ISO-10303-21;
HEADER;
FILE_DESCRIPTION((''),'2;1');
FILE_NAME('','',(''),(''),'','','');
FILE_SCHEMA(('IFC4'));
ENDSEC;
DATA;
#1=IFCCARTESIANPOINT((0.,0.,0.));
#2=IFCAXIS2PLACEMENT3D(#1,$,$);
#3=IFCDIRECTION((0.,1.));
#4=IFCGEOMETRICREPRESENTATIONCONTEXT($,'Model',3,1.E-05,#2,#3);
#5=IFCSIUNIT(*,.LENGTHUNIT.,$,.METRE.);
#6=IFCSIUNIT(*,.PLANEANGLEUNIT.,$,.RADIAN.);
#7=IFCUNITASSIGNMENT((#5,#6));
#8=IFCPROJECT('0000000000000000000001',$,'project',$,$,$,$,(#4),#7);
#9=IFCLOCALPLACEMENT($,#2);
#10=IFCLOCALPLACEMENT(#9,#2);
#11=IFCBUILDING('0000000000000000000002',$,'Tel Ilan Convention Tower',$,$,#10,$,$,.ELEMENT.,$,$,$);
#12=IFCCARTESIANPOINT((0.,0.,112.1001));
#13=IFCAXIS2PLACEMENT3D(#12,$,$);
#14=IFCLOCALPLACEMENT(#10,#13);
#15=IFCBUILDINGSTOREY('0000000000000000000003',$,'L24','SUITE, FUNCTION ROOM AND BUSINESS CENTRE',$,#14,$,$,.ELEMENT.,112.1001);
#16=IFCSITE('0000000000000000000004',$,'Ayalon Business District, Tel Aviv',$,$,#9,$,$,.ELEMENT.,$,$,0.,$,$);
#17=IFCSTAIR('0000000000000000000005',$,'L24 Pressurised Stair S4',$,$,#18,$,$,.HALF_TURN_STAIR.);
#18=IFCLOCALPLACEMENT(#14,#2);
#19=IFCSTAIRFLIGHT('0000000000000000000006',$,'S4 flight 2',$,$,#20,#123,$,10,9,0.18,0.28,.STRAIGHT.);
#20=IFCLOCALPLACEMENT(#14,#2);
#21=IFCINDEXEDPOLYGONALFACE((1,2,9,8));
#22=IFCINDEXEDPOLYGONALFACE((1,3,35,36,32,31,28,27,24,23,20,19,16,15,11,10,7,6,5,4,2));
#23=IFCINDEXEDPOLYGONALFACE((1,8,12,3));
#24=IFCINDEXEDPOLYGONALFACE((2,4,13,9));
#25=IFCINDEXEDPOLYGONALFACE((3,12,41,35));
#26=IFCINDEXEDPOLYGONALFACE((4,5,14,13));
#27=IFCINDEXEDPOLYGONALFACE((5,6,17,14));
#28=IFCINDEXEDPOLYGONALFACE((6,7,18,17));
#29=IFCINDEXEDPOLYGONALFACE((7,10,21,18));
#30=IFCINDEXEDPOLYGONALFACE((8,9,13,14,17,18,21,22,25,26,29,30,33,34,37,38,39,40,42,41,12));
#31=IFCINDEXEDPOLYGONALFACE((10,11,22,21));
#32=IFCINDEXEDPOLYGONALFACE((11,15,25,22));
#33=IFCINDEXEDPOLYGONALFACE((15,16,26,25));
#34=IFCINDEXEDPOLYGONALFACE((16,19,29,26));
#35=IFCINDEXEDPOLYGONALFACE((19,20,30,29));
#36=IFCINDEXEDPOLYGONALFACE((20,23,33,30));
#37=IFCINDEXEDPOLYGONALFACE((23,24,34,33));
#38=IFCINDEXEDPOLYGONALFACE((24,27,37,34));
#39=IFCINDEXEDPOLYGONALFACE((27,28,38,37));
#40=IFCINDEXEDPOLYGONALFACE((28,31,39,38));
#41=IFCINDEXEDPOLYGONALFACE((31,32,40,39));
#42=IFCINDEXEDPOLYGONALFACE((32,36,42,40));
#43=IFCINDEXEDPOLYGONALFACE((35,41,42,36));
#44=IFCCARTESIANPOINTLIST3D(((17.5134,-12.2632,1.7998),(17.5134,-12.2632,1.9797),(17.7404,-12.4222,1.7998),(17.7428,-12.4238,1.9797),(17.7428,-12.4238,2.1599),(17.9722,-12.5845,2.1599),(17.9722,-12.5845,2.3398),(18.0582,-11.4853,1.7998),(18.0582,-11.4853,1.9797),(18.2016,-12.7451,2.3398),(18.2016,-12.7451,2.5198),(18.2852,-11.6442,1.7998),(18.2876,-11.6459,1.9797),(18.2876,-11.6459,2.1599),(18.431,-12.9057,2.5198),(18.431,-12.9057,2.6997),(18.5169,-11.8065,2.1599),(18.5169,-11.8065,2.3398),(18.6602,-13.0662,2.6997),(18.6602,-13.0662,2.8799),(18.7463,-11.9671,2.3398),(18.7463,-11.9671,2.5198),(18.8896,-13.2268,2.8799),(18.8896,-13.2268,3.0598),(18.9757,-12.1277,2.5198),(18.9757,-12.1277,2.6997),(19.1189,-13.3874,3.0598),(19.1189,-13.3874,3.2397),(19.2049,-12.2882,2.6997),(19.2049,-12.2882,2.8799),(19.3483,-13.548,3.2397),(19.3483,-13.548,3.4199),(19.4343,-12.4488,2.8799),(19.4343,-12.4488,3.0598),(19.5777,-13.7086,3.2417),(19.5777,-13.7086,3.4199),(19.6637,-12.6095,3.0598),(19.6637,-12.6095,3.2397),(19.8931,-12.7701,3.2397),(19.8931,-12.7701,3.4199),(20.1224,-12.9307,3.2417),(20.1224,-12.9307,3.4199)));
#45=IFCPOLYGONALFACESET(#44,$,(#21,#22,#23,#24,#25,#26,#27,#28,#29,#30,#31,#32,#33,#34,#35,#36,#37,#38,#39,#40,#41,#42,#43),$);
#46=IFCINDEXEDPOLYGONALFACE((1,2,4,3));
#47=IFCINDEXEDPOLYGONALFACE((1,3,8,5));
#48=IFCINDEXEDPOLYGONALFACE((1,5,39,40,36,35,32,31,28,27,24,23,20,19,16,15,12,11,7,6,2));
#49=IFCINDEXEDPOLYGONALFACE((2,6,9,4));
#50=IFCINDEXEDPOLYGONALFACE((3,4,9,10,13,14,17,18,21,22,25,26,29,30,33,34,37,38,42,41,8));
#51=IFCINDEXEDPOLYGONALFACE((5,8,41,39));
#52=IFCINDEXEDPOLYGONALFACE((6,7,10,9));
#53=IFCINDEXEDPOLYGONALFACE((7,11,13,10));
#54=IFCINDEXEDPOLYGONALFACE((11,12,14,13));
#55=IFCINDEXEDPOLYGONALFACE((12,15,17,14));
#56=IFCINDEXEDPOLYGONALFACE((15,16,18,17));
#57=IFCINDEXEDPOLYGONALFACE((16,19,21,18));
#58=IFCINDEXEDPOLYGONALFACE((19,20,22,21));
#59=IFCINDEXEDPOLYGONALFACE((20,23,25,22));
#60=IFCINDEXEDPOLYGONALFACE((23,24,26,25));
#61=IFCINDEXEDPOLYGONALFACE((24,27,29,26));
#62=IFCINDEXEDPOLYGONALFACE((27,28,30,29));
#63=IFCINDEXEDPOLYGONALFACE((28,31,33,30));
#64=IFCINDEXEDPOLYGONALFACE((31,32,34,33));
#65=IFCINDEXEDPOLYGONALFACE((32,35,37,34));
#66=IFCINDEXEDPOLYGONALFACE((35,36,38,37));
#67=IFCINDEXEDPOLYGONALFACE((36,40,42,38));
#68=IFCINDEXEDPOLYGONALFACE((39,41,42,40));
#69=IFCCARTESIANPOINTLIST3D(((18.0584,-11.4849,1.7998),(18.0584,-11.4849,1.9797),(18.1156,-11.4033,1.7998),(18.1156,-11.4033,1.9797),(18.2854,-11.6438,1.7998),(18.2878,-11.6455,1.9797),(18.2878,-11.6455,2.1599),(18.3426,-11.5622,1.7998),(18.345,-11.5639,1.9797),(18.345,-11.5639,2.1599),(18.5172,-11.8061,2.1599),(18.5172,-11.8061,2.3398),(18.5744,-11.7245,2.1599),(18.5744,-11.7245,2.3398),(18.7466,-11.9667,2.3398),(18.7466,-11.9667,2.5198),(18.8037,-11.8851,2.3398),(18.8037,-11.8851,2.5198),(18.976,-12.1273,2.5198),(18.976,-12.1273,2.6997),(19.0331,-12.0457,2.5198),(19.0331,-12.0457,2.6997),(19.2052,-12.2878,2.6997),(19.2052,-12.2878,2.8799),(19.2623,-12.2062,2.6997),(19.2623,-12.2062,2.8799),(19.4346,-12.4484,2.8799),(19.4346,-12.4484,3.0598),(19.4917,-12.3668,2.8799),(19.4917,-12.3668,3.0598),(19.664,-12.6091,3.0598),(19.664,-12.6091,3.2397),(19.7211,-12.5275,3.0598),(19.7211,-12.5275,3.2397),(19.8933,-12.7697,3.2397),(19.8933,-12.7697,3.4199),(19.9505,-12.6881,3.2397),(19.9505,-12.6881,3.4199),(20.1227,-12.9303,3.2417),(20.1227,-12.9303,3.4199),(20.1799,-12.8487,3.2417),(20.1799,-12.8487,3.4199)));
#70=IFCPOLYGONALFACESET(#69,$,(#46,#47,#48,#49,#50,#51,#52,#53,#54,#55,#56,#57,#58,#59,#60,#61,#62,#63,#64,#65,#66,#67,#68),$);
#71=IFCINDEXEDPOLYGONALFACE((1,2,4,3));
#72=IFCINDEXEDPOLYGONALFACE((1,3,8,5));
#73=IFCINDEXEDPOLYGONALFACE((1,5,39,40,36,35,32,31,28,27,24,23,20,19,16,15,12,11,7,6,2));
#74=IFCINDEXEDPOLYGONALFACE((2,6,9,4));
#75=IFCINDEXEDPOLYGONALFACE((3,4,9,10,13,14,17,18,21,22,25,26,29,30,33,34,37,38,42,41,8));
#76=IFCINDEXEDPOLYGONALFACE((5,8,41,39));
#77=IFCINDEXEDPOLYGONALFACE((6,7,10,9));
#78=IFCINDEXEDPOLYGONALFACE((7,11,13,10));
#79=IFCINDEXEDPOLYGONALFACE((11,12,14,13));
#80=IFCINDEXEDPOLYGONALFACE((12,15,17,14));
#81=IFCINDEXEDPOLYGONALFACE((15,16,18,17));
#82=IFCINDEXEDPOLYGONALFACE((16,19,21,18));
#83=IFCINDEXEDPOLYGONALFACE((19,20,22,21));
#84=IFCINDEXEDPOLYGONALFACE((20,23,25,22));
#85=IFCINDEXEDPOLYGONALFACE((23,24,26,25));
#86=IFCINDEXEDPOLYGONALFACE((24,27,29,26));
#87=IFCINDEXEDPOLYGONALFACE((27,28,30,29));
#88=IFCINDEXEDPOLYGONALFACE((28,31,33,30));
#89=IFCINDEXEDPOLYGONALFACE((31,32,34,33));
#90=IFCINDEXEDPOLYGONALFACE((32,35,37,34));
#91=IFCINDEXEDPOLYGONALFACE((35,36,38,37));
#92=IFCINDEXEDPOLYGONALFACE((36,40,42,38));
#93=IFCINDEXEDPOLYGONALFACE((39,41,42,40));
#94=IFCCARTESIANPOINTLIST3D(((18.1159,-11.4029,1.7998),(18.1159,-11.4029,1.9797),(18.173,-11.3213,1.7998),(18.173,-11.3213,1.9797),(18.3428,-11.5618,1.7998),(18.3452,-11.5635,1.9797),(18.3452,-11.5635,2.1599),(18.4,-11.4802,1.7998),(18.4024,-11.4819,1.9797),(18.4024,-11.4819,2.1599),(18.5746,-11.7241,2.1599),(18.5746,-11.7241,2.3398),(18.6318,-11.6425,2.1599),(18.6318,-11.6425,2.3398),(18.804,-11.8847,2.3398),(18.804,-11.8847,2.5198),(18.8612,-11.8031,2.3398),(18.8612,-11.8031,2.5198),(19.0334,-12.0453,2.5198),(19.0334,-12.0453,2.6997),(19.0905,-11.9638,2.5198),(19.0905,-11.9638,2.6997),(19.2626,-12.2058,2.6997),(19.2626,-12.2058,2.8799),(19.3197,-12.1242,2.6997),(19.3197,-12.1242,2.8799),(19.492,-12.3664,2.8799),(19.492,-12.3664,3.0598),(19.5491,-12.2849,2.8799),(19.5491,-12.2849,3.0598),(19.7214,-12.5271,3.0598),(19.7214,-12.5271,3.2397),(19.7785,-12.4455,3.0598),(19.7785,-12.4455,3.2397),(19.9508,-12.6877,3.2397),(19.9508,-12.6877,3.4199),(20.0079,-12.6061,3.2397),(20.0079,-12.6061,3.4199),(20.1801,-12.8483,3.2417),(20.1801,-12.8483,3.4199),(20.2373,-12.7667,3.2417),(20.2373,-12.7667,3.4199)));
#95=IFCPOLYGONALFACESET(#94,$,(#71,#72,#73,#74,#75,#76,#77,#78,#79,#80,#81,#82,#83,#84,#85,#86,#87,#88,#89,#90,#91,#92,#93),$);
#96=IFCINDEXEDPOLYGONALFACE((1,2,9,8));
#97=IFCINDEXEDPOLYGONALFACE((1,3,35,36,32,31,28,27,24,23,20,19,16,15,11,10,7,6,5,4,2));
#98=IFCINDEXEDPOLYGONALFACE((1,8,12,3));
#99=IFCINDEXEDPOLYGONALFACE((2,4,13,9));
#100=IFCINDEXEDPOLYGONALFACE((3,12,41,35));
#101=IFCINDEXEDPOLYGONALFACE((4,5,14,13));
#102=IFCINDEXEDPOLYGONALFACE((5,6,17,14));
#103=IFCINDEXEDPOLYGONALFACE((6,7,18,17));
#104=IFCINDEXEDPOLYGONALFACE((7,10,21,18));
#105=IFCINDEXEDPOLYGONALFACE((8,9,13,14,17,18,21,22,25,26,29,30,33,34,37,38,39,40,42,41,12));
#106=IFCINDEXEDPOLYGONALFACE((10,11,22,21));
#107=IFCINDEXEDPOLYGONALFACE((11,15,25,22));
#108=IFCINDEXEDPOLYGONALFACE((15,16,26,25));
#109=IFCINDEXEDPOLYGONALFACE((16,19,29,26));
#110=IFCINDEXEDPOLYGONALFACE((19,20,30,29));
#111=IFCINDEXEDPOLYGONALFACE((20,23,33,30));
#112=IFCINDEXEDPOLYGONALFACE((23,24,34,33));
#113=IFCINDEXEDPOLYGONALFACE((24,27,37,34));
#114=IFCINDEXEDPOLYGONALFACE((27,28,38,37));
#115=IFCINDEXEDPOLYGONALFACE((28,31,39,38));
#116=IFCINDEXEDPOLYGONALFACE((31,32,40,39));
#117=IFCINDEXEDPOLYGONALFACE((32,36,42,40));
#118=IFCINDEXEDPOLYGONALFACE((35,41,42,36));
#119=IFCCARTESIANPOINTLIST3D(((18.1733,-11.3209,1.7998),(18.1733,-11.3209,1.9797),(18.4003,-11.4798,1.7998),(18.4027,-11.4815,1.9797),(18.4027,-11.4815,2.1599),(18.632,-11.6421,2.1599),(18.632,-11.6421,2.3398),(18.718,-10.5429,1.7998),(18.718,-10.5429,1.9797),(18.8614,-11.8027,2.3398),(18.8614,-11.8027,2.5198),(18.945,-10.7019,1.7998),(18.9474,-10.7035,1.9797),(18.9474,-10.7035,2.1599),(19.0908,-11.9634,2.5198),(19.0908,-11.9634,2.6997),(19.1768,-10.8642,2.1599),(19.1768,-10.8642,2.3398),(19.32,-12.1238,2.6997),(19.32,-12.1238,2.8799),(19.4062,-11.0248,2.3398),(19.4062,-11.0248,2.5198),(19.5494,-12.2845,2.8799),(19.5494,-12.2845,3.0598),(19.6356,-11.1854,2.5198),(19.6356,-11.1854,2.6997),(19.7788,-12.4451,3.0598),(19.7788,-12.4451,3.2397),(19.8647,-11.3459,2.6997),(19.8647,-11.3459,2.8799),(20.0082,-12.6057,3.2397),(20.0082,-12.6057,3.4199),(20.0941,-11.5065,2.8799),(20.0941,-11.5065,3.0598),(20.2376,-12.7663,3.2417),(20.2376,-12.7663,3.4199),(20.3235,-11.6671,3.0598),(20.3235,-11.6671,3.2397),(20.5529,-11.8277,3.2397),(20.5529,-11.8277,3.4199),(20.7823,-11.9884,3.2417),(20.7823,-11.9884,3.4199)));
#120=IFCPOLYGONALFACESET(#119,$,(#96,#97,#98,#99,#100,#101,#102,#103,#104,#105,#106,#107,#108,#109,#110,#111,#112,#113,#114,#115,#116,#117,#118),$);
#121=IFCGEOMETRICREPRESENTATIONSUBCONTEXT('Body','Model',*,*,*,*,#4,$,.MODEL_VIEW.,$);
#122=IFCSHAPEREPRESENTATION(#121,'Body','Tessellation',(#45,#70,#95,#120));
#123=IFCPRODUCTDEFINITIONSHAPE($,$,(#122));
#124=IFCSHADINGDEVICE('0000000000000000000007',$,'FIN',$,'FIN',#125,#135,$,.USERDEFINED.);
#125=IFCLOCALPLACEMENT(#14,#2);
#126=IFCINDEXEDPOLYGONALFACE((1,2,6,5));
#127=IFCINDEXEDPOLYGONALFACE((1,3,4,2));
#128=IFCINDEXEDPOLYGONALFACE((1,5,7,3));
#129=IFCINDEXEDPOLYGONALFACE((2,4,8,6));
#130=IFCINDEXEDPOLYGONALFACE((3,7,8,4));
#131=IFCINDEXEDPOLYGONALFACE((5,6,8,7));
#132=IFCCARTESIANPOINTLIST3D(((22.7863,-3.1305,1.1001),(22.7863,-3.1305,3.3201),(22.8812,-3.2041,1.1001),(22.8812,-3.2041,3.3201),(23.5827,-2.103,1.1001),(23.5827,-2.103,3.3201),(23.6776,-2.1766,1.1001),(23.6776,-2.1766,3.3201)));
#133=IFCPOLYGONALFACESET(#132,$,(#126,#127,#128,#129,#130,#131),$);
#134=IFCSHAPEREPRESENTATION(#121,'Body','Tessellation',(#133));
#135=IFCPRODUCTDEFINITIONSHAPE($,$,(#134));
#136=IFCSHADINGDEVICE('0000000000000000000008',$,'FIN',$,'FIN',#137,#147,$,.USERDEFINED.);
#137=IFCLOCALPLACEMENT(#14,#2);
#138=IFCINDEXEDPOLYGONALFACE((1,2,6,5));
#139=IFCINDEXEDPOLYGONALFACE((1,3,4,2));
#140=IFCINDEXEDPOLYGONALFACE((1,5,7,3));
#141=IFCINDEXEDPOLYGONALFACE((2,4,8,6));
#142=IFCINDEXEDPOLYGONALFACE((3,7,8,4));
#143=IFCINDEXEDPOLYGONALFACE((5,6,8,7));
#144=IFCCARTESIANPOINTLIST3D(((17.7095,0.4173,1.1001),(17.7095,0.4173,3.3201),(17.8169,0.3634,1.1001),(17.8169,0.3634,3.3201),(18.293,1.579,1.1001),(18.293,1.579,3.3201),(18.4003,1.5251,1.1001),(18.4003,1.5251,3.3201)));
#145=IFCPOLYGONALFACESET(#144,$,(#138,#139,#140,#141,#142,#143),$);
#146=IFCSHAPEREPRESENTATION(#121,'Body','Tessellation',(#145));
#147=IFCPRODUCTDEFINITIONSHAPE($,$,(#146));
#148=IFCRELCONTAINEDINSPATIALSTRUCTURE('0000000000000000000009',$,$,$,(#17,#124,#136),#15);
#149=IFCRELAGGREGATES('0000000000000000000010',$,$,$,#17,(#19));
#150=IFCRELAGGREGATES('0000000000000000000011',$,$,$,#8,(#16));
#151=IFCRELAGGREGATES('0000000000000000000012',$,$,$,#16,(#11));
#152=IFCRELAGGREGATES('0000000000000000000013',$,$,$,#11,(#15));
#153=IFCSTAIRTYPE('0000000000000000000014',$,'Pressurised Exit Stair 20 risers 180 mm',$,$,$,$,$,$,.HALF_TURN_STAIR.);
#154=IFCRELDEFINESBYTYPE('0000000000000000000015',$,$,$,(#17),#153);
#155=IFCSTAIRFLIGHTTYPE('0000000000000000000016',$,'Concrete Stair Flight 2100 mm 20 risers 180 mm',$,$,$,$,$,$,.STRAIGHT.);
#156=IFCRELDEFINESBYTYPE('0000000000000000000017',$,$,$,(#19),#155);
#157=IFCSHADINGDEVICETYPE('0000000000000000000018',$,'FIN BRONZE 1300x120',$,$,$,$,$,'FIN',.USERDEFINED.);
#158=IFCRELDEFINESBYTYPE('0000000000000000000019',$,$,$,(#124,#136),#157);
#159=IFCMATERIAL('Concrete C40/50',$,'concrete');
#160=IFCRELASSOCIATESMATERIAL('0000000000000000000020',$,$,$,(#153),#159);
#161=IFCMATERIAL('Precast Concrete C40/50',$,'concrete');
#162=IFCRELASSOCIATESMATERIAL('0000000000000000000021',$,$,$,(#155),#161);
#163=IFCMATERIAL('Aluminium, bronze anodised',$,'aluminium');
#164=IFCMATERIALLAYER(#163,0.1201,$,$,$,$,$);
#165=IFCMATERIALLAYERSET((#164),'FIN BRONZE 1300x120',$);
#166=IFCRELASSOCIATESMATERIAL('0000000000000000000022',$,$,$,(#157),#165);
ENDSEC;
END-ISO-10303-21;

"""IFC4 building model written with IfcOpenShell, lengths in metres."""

from ifc_helpers import new_model, si_unit, direction, frame, origin, origin_2d, place, context, subcontext, project, spatial, polyline, rectangle, outline, extrude, material, layer, layer_set, type_object, element, aggregate, save


model = new_model("IFC4")

# Units and contexts
model_context = context("Model", 3, precision=1e-05, world=origin(), true_north=direction((0.0, 1.0)))
body_context = subcontext(model_context, "Body", "Model", "MODEL_VIEW")
ifc_project = project(units=[si_unit("LENGTHUNIT", "METRE"), si_unit("PLANEANGLEUNIT", "RADIAN")], contexts=[model_context])

# Site, building, storey
site_placement = place(None, origin())
site = spatial("IfcSite", under=ifc_project, at=site_placement, Name="Ayalon Business District, Tel Aviv", CompositionType="ELEMENT", RefElevation=0.0)
building_placement = place(site_placement, origin())
building = spatial("IfcBuilding", under=site, at=building_placement, Name="Tel Ilan Convention Tower", CompositionType="ELEMENT")
storey_placement = place(building_placement, frame((0.0, 0.0, 112.1001)))
storey = spatial("IfcBuildingStorey", under=building, at=storey_placement, Name="L24", Description="SUITE, FUNCTION ROOM AND BUSINESS CENTRE", CompositionType="ELEMENT", Elevation=112.1001)

# Stair, stair flight
ifc_material_1 = material(Name="Concrete C40/50", Category="concrete")
stair_type = type_object("IfcStairType", Name="Pressurised Exit Stair 20 risers 180 mm", PredefinedType="HALF_TURN_STAIR", material=ifc_material_1)
ifc_material_2 = material(Name="Precast Concrete C40/50", Category="concrete")
stair_flight_type = type_object("IfcStairFlightType", Name="Concrete Stair Flight 2100 mm 20 risers 180 mm", PredefinedType="STRAIGHT", material=ifc_material_2)
stair_1_placement = place(storey_placement, origin())
stair_1 = element("IfcStair", 1, at=stair_1_placement, inside=storey, type_object=stair_type, Name="L24 Pressurised Stair S4", PredefinedType="HALF_TURN_STAIR")
stair_flight_1_placement = place(storey_placement, frame((18.1157, -11.4031, 1.7998), z_axis=(0.0, 0.0, 1.0), x_axis=(0.819152, -0.573576, 0.0)))
stair_flight_1 = element("IfcStairFlight", 2, at=stair_flight_1_placement, type_object=stair_flight_type, Name="S4 flight 2", NumberOfRisers=10, NumberOfTreads=9, PredefinedType="STRAIGHT", RiserHeight=0.18, TreadLength=0.28, context=body_context, shape_type="SweptSolid", body=[
    extrude(outline(polyline([(0.0, 0.0), (0.0, 0.1799), (0.28, 0.1799), (0.28, 0.3601), (0.5601, 0.3601), (0.5601, 0.54), (0.8401, 0.54), (0.8401, 0.72), (1.1201, 0.72), (1.1201, 0.8999), (1.3999, 0.8999), (1.3999, 1.0801), (1.6799, 1.0801), (1.6799, 1.26), (1.96, 1.26), (1.96, 1.4399), (2.24, 1.4399), (2.24, 1.6201), (2.52, 1.6201), (2.52, 1.8), (2.52, 1.4419), (0.2771, 0.0), (0.0, 0.0)])), frame((0.0, -0.1003, 0.0), z_axis=(0.0, -1.0, 0.0), x_axis=(1.0, 0.0, 0.0)), (0.0, 0.0, 1.0), 0.9497),
    extrude(outline(polyline([(0.0, 0.0), (0.0, 0.1799), (0.28, 0.1799), (0.28, 0.3601), (0.5601, 0.3601), (0.5601, 0.54), (0.8401, 0.54), (0.8401, 0.72), (1.1201, 0.72), (1.1201, 0.8999), (1.3999, 0.8999), (1.3999, 1.0801), (1.6799, 1.0801), (1.6799, 1.26), (1.96, 1.26), (1.96, 1.4399), (2.24, 1.4399), (2.24, 1.6201), (2.52, 1.6201), (2.52, 1.8), (2.52, 1.4419), (0.2771, 0.0), (0.0, 0.0)])), frame((0.0, -0.0002, 0.0), z_axis=(0.0, -1.0, 0.0), x_axis=(1.0, 0.0, 0.0)), (0.0, 0.0, 1.0), 0.0996),
    extrude(outline(polyline([(0.0, 0.0), (0.0, 0.1799), (0.28, 0.1799), (0.28, 0.3601), (0.5601, 0.3601), (0.5601, 0.54), (0.8401, 0.54), (0.8401, 0.72), (1.1201, 0.72), (1.1201, 0.8999), (1.3999, 0.8999), (1.3999, 1.0801), (1.6799, 1.0801), (1.6799, 1.26), (1.96, 1.26), (1.96, 1.4399), (2.24, 1.4399), (2.24, 1.6201), (2.52, 1.6201), (2.52, 1.8), (2.52, 1.4419), (0.2771, 0.0), (0.0, 0.0)])), frame((0.0, 0.0999, 0.0), z_axis=(0.0, -1.0, 0.0), x_axis=(1.0, 0.0, 0.0)), (0.0, 0.0, 1.0), 0.0996),
    extrude(outline(polyline([(0.0, 0.0), (0.0, 0.1799), (0.28, 0.1799), (0.28, 0.3601), (0.5601, 0.3601), (0.5601, 0.54), (0.8401, 0.54), (0.8401, 0.72), (1.1201, 0.72), (1.1201, 0.8999), (1.3999, 0.8999), (1.3999, 1.0801), (1.6799, 1.0801), (1.6799, 1.26), (1.96, 1.26), (1.96, 1.4399), (2.24, 1.4399), (2.24, 1.6201), (2.52, 1.6201), (2.52, 1.8), (2.52, 1.4419), (0.2771, 0.0), (0.0, 0.0)])), frame((0.0, 1.05, 0.0), z_axis=(0.0, -1.0, 0.0), x_axis=(1.0, 0.0, 0.0)), (0.0, 0.0, 1.0), 0.9497),
])
aggregate(stair_1, [stair_flight_1])

# Shading devices
ifc_material_3 = material(Name="Aluminium, bronze anodised", Category="aluminium")
ifc_layer_1 = layer(ifc_material_3, 0.1201)
ifc_layer_set_1 = layer_set([ifc_layer_1], Name="FIN BRONZE 1300x120")
shading_device_type = type_object("IfcShadingDeviceType", Name="FIN BRONZE 1300x120", ElementType="FIN", PredefinedType="USERDEFINED", material=ifc_layer_set_1)
for number, where, z_axis, x_axis, name in (
    (3, (23.2319, -2.6536, 1.1001), (0.0, 0.0, 1.0), (0.612601, 0.790393, 0.0), "FIN"),
    (4, (18.0549, 0.9712, 1.1001), (0.0, 0.0, 1.0), (0.448799, 0.893633, 0.0), "FIN"),
):
    element("IfcShadingDevice", number, at=place(storey_placement, frame(where, z_axis=z_axis, x_axis=x_axis)), inside=storey, type_object=shading_device_type, Name=name, ObjectType="FIN", PredefinedType="USERDEFINED", context=body_context, shape_type="SweptSolid", body=[
        extrude(rectangle(XDim=1.3, YDim=0.1201, at=origin_2d()), origin(), (0.0, 0.0, 1.0), 2.22),
    ])

save(model, "model.ifc")
